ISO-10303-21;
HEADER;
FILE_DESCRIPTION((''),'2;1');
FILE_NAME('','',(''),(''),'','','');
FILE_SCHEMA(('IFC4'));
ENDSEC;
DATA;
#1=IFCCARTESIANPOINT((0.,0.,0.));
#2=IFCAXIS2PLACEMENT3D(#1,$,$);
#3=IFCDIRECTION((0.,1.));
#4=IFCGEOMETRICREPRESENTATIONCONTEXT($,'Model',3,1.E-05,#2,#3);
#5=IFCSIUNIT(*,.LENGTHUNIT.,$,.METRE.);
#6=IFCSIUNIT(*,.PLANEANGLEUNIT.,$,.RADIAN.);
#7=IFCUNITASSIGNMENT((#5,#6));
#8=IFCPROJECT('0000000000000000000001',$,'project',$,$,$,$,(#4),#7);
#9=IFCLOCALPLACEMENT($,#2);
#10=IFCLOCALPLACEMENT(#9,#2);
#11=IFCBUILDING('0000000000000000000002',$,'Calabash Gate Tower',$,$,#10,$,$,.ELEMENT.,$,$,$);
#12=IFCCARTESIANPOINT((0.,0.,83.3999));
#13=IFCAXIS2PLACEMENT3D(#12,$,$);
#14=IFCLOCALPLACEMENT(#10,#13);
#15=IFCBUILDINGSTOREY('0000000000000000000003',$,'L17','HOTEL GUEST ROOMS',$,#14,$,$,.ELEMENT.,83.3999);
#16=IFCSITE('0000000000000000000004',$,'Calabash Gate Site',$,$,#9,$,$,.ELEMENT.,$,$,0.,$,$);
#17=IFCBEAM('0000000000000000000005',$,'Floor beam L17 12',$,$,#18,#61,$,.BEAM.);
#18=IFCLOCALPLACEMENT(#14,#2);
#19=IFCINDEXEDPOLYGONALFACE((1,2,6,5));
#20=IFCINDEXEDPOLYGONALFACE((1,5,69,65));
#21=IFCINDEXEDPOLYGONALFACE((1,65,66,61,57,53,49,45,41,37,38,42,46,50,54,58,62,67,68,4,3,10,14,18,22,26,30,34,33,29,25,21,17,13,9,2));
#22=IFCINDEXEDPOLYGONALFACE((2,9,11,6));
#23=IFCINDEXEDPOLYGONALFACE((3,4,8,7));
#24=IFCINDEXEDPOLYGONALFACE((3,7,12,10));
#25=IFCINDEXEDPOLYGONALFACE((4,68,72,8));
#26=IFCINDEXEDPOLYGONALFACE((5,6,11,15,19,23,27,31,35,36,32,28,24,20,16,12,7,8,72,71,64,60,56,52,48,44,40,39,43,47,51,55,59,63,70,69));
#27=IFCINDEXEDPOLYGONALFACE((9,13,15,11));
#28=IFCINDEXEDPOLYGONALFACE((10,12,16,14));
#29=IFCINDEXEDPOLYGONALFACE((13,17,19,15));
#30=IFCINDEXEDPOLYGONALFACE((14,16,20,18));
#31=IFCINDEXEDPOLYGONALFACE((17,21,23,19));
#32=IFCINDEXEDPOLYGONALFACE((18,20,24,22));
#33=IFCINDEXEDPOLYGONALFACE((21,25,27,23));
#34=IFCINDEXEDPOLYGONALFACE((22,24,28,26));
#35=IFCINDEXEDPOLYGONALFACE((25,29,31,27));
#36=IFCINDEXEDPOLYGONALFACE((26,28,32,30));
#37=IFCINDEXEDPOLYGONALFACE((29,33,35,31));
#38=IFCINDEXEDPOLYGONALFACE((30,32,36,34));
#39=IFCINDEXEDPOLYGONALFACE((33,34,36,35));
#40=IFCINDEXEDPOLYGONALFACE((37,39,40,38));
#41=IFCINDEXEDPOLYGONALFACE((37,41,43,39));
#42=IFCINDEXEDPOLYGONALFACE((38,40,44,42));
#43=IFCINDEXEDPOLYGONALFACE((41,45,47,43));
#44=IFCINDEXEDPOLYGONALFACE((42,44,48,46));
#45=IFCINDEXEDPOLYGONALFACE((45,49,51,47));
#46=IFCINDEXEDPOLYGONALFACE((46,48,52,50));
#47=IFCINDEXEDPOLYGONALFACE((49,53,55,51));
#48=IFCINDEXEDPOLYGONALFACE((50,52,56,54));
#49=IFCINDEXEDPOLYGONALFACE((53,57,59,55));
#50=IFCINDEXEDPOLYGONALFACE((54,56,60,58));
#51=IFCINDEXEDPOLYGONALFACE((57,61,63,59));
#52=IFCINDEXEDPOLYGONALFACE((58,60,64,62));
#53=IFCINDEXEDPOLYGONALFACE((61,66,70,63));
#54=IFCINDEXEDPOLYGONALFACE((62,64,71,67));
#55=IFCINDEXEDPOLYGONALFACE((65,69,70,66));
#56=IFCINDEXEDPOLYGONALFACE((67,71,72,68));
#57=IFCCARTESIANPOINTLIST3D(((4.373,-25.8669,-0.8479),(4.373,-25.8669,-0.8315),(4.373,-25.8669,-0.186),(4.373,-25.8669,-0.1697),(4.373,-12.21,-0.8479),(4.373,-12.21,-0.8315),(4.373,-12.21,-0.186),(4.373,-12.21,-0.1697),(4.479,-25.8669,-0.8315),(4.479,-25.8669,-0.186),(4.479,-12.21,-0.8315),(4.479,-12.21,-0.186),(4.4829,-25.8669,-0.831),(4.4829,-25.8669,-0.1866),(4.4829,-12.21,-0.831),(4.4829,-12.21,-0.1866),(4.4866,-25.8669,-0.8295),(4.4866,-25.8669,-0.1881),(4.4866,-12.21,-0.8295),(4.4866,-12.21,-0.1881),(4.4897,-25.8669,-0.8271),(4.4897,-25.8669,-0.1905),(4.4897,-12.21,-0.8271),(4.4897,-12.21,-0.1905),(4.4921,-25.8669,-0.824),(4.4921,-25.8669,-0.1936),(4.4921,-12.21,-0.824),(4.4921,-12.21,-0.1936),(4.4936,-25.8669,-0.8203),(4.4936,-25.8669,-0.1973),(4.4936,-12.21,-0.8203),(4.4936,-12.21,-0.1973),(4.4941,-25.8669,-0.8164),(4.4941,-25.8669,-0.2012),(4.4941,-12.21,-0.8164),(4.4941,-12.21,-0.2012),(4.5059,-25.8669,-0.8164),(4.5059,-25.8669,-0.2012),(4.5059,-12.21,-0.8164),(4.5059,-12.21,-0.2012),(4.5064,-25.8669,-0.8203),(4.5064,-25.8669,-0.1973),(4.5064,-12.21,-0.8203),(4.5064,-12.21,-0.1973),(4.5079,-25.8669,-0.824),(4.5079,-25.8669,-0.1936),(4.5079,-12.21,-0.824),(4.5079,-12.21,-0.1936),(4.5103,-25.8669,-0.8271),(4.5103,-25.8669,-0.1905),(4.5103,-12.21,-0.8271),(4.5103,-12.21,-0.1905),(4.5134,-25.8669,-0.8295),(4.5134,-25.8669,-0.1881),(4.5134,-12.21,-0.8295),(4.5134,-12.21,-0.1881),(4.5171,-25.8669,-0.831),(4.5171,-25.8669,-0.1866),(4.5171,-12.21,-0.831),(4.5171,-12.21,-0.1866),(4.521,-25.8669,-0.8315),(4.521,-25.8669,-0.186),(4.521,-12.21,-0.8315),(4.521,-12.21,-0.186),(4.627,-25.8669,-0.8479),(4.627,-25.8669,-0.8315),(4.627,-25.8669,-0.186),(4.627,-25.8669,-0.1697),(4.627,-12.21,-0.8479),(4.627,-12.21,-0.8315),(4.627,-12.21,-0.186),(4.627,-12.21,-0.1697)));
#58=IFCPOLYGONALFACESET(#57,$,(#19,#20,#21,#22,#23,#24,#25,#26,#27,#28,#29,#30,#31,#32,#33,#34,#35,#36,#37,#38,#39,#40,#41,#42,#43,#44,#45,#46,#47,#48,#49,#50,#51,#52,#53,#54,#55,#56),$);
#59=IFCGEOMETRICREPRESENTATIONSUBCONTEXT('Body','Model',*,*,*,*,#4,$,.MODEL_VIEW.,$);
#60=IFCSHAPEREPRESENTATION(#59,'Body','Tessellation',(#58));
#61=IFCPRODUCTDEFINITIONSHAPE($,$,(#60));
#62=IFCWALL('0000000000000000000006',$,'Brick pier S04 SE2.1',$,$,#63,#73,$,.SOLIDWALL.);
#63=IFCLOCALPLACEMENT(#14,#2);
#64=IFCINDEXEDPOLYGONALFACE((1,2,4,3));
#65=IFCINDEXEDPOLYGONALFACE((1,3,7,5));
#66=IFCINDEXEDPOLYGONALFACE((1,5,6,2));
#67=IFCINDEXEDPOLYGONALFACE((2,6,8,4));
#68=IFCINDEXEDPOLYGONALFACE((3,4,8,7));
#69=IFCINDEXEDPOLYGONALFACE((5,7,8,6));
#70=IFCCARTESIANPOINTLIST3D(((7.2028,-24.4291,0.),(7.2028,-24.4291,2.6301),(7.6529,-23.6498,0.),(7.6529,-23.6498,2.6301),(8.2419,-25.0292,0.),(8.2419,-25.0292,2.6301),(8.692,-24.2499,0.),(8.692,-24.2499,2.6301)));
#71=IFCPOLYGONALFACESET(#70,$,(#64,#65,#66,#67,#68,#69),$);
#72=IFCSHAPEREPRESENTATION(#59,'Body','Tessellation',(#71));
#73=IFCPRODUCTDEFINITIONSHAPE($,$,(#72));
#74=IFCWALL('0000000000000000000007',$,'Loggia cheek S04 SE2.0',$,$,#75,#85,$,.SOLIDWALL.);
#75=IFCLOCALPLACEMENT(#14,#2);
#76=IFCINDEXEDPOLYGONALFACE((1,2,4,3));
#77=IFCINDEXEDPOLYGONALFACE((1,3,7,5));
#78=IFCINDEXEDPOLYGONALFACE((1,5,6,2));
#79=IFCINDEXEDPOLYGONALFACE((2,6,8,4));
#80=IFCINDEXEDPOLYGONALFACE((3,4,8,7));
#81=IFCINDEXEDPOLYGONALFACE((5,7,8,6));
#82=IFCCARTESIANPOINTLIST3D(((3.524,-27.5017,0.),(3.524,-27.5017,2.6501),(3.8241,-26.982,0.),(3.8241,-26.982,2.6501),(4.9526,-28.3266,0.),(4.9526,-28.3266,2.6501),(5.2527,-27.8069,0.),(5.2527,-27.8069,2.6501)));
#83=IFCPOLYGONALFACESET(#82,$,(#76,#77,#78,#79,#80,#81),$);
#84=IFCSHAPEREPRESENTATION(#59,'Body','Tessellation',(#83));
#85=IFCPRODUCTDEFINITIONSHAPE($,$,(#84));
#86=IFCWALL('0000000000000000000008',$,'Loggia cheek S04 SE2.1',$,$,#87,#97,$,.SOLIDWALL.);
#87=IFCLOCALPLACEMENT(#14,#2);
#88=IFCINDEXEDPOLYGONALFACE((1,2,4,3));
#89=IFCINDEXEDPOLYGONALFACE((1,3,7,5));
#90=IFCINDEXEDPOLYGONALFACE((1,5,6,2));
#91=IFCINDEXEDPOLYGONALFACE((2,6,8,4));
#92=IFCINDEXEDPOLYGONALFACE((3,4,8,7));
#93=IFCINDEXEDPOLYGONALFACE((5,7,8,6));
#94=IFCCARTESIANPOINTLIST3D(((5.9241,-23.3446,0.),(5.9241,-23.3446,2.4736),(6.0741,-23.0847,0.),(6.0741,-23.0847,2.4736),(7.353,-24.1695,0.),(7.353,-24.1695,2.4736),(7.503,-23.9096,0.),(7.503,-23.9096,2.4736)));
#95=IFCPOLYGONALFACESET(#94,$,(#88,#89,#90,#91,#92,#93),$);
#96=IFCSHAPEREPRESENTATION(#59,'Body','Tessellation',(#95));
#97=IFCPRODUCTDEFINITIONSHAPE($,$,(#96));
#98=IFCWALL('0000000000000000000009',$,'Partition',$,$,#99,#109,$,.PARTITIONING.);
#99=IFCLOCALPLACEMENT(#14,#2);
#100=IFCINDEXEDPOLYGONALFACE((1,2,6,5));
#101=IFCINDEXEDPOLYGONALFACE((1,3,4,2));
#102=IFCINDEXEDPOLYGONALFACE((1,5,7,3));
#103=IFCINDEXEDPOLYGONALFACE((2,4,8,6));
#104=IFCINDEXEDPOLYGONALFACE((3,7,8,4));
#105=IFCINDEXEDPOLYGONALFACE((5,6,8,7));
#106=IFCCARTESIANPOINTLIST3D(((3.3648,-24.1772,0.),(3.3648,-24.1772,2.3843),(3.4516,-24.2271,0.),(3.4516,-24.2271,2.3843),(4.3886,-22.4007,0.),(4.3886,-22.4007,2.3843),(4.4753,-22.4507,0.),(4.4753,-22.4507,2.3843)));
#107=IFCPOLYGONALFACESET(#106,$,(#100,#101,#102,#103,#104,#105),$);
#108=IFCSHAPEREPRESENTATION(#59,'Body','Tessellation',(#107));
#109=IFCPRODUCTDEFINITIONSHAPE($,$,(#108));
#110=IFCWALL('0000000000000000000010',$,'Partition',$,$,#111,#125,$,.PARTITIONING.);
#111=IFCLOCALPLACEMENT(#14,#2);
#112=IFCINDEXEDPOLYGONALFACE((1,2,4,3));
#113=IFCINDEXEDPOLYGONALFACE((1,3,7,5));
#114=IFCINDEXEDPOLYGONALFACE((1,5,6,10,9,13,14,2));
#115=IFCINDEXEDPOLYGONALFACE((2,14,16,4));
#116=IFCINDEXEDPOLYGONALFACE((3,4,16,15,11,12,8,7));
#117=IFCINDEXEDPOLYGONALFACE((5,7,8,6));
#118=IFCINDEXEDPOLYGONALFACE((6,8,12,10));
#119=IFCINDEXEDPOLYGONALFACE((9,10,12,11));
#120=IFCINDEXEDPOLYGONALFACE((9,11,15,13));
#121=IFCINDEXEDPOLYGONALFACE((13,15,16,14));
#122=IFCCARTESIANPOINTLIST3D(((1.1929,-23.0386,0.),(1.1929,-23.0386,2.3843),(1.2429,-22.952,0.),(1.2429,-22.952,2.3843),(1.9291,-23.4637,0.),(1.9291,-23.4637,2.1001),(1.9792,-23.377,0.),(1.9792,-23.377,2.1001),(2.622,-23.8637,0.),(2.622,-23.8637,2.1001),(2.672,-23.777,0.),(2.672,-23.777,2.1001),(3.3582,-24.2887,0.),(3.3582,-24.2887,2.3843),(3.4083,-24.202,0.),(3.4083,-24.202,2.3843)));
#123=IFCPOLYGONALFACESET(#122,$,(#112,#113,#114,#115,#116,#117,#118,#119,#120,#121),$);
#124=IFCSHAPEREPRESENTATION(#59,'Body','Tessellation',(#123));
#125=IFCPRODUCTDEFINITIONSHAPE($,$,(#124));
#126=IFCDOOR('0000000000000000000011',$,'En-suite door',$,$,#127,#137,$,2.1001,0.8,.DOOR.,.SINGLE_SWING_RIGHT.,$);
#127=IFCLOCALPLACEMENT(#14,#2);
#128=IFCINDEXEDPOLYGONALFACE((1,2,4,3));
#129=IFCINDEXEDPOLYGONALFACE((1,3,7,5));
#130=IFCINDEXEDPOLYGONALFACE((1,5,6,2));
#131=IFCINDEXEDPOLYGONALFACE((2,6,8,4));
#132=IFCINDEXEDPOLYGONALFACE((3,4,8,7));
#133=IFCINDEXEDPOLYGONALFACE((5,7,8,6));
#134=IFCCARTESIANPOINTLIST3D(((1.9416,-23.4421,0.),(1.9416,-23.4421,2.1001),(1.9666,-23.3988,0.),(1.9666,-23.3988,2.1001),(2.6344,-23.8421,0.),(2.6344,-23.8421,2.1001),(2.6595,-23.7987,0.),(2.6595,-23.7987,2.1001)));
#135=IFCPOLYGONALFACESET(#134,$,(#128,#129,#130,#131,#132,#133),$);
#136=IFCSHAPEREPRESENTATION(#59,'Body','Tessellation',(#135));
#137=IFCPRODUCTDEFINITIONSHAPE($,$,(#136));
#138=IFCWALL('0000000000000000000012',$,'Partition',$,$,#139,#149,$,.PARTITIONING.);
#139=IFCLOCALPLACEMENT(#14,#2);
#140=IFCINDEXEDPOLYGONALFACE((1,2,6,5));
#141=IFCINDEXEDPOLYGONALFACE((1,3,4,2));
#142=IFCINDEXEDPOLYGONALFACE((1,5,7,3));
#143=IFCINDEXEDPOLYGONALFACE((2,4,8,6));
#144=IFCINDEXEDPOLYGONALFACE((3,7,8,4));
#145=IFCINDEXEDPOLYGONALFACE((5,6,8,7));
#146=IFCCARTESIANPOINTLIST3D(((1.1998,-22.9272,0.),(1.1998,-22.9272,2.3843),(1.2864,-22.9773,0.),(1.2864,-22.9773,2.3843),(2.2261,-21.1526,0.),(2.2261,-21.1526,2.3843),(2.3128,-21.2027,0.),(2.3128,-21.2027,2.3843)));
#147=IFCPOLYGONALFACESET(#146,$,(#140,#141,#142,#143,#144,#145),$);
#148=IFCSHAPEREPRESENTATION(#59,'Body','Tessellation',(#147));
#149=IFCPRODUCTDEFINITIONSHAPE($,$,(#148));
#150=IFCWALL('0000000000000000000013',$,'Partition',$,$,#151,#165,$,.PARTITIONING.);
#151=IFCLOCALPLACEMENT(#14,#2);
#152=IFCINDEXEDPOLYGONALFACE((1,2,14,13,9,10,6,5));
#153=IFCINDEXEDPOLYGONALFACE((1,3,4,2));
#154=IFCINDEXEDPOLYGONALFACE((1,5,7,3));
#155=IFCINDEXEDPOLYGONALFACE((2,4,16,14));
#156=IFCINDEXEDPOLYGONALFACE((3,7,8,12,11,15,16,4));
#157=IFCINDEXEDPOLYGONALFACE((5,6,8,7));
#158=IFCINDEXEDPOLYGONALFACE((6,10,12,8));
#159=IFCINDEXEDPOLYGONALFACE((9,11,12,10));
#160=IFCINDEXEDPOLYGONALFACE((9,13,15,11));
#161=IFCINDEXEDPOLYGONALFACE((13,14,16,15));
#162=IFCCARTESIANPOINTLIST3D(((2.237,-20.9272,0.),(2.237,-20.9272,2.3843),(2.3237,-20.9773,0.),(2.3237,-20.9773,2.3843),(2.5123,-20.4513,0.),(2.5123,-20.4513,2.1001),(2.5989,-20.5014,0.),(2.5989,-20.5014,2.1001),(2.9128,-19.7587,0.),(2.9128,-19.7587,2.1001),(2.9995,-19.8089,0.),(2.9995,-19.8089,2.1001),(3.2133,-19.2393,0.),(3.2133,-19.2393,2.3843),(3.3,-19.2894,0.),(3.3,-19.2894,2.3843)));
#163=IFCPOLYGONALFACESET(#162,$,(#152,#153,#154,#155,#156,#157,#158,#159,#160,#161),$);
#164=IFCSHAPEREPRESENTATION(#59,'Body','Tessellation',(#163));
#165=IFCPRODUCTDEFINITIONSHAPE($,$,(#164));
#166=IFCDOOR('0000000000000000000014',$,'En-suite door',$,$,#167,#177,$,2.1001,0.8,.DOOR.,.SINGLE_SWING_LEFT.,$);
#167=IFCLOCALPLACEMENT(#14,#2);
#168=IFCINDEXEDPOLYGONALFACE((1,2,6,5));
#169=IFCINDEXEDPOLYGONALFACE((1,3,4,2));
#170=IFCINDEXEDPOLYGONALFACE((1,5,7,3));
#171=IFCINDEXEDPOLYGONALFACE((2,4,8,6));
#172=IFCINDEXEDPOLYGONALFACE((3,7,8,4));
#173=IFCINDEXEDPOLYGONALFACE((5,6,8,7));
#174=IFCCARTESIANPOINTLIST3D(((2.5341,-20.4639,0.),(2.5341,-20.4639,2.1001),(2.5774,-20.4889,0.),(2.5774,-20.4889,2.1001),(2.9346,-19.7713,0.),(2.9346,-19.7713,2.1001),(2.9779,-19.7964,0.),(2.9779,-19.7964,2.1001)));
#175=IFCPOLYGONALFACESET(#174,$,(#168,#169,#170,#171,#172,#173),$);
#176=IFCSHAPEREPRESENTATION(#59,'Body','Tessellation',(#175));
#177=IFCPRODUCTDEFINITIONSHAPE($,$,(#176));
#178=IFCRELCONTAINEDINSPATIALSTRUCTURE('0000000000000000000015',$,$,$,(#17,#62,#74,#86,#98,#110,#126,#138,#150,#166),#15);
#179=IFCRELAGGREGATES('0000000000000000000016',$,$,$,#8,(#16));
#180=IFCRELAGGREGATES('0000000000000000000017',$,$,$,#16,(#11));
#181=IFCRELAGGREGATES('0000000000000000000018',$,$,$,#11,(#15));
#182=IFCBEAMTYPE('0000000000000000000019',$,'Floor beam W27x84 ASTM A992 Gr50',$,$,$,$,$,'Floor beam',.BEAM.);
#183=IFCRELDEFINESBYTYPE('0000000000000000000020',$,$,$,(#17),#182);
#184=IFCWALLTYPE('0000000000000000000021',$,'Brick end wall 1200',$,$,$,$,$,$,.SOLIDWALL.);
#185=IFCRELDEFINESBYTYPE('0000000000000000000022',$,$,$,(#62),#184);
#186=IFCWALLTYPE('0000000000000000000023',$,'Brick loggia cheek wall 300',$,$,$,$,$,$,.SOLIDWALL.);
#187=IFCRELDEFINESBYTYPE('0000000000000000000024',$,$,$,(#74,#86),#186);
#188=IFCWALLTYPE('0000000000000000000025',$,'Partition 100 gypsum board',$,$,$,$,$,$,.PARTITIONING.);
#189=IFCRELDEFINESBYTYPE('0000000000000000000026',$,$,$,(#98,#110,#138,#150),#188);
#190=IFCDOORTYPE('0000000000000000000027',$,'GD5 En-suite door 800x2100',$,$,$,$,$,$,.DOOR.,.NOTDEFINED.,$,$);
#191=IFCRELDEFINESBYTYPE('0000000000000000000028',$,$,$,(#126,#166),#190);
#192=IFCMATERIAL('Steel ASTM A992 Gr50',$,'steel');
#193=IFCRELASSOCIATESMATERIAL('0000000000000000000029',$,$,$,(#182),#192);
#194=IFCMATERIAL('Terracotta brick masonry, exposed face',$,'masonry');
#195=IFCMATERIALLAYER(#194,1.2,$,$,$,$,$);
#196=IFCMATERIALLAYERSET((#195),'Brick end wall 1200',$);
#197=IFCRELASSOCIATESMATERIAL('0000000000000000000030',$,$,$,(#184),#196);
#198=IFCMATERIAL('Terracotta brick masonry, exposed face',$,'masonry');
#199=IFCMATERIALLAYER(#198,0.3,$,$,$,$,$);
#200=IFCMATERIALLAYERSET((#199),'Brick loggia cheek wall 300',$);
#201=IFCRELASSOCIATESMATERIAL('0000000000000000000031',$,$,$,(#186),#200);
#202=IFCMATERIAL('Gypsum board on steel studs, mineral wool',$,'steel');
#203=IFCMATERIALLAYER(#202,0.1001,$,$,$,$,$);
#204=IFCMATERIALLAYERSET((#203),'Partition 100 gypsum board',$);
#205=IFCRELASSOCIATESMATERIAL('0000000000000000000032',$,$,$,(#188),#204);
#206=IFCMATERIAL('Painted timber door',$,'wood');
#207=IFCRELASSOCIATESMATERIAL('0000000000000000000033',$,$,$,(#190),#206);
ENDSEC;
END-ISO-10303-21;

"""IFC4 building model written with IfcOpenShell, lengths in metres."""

from ifc_helpers import new_model, si_unit, direction, frame, frame_2d, origin, origin_2d, place, context, subcontext, project, spatial, rectangle, i_section, extrude, material, layer, layer_set, material_profile, profile_set, type_object, element, fill, save


model = new_model("IFC4")

# Units and contexts
model_context = context("Model", 3, precision=1e-05, world=origin(), true_north=direction((0.0, 1.0)))
body_context = subcontext(model_context, "Body", "Model", "MODEL_VIEW")
ifc_project = project(units=[si_unit("LENGTHUNIT", "METRE"), si_unit("PLANEANGLEUNIT", "RADIAN")], contexts=[model_context])

# Site, building, storey
site_placement = place(None, origin())
site = spatial("IfcSite", under=ifc_project, at=site_placement, Name="Calabash Gate Site", CompositionType="ELEMENT", RefElevation=0.0)
building_placement = place(site_placement, origin())
building = spatial("IfcBuilding", under=site, at=building_placement, Name="Calabash Gate Tower", CompositionType="ELEMENT")
storey_placement = place(building_placement, frame((0.0, 0.0, 83.3999)))
storey = spatial("IfcBuildingStorey", under=building, at=storey_placement, Name="L17", Description="HOTEL GUEST ROOMS", CompositionType="ELEMENT", Elevation=83.3999)

# Beam
ifc_material_1 = material(Name="Steel ASTM A992 Gr50", Category="steel")
ifc_material_profile_1 = material_profile(ifc_material_1, i_section(OverallWidth=0.2539, OverallDepth=0.6782, WebThickness=0.0117, FlangeThickness=0.0164, FilletRadius=0.0151, at=origin_2d()))
ifc_profile_set_1 = profile_set([ifc_material_profile_1], Name="Steel ASTM A992 Gr50")
beam_type_1 = type_object("IfcBeamType", Name="Floor beam W27x84 ASTM A992 Gr50", ElementType="Floor beam", PredefinedType="BEAM", material=ifc_profile_set_1)
beam_1_placement = place(storey_placement, frame((4.5, -25.8669, -0.5088), z_axis=(0.0, 1.0, 0.0), x_axis=(-1.0, 0.0, 0.0)))
element("IfcBeam", 1, at=beam_1_placement, inside=storey, type_object=beam_type_1, Name="Floor beam L17 12", PredefinedType="BEAM", context=body_context, shape_type="SweptSolid", body=[
    extrude(i_section(OverallWidth=0.2539, OverallDepth=0.6782, WebThickness=0.0117, FlangeThickness=0.0164, FilletRadius=0.0151, at=origin_2d()), origin(), (0.0, 0.0, 1.0), 13.657),
])

# Walls
ifc_material_2 = material(Name="Terracotta brick masonry, exposed face", Category="masonry")
ifc_layer_1 = layer(ifc_material_2, 1.2)
ifc_layer_set_1 = layer_set([ifc_layer_1], Name="Brick end wall 1200")
wall_type_1 = type_object("IfcWallType", Name="Brick end wall 1200", PredefinedType="SOLIDWALL", material=ifc_layer_set_1)
wall_1_placement = place(storey_placement, frame((8.467, -24.6396, 0.0), z_axis=(0.0, 0.0, 1.0), x_axis=(-0.865955, 0.500122, 0.0)))
element("IfcWall", 2, at=wall_1_placement, inside=storey, type_object=wall_type_1, Name="Brick pier S04 SE2.1", PredefinedType="SOLIDWALL", context=body_context, shape_type="SweptSolid", body=[
    extrude(rectangle(XDim=1.2, YDim=0.8999, at=frame_2d((0.6001, 0.0))), origin(), (0.0, 0.0, 1.0), 2.6301),
])
ifc_material_3 = material(Name="Terracotta brick masonry, exposed face", Category="masonry")
ifc_layer_2 = layer(ifc_material_3, 0.3)
ifc_layer_set_2 = layer_set([ifc_layer_2], Name="Brick loggia cheek wall 300")
wall_type_2 = type_object("IfcWallType", Name="Brick loggia cheek wall 300", PredefinedType="SOLIDWALL", material=ifc_layer_set_2)
wall_2_placement = place(storey_placement, frame((5.1025, -28.0667, 0.0), z_axis=(0.0, 0.0, 1.0), x_axis=(-0.866003, 0.500038, 0.0)))
element("IfcWall", 3, at=wall_2_placement, inside=storey, type_object=wall_type_2, Name="Loggia cheek S04 SE2.0", PredefinedType="SOLIDWALL", context=body_context, shape_type="SweptSolid", body=[
    extrude(rectangle(XDim=1.6497, YDim=0.6001, at=frame_2d((0.8247, 0.0))), origin(), (0.0, 0.0, 1.0), 2.6501),
])
wall_3_placement = place(storey_placement, frame((7.428, -24.0396, 0.0), z_axis=(0.0, 0.0, 1.0), x_axis=(-0.86604, 0.499974, 0.0)))
element("IfcWall", 4, at=wall_3_placement, inside=storey, type_object=wall_type_2, Name="Loggia cheek S04 SE2.1", PredefinedType="SOLIDWALL", context=body_context, shape_type="SweptSolid", body=[
    extrude(rectangle(XDim=1.6499, YDim=0.3, at=frame_2d((0.825, 0.0))), origin(), (0.0, 0.0, 1.0), 2.4736),
])
ifc_material_4 = material(Name="Gypsum board on steel studs, mineral wool", Category="steel")
ifc_layer_3 = layer(ifc_material_4, 0.1001)
ifc_layer_set_3 = layer_set([ifc_layer_3], Name="Partition 100 gypsum board")
wall_type_3 = type_object("IfcWallType", Name="Partition 100 gypsum board", PredefinedType="PARTITIONING", material=ifc_layer_set_3)
wall_4_placement = place(storey_placement, frame((3.4082, -24.2021, 0.0), z_axis=(0.0, 0.0, 1.0), x_axis=(0.499303, 0.866427, 0.0)))
element("IfcWall", 5, at=wall_4_placement, inside=storey, type_object=wall_type_3, Name="Partition", PredefinedType="PARTITIONING", context=body_context, shape_type="SweptSolid", body=[
    extrude(rectangle(XDim=2.0503, YDim=0.1001, at=frame_2d((1.0251, 0.0))), origin(), (0.0, 0.0, 1.0), 2.3843),
])

# Wall, opening, door
wall_5_placement = place(storey_placement, frame((1.218, -22.9954, 0.0), z_axis=(0.0, 0.0, 1.0), x_axis=(0.866047, -0.499962, 0.0)))
wall_5 = element("IfcWall", 6, at=wall_5_placement, inside=storey, type_object=wall_type_3, Name="Partition", PredefinedType="PARTITIONING", context=body_context, shape_type="SweptSolid", body=[
    extrude(rectangle(XDim=2.5002, YDim=0.1001, at=frame_2d((1.25, 0.0))), origin(), (0.0, 0.0, 1.0), 2.3843),
])
opening_1_placement = place(wall_5_placement, frame((0.8501, 0.0, 0.0)))
opening_1 = element("IfcOpeningElement", 7, at=opening_1_placement, cuts=wall_5, PredefinedType="OPENING", context=body_context, shape_type="SweptSolid", body=[
    extrude(rectangle(XDim=0.8, YDim=2.1001, at=frame_2d((0.3999, 1.05))), frame((0.0, 0.0601, 0.0), z_axis=(0.0, -1.0, 0.0), x_axis=(1.0, 0.0, 0.0)), (0.0, 0.0, 1.0), 0.1201),
])
ifc_material_5 = material(Name="Painted timber door", Category="wood")
door_type_1 = type_object("IfcDoorType", Name="GD5 En-suite door 800x2100", OperationType="NOTDEFINED", PredefinedType="DOOR", material=ifc_material_5)
door_1_placement = place(opening_1_placement, origin())
door_1 = element("IfcDoor", 8, at=door_1_placement, inside=storey, type_object=door_type_1, Name="En-suite door", OperationType="SINGLE_SWING_RIGHT", OverallHeight=2.1001, OverallWidth=0.8, PredefinedType="DOOR", context=body_context, shape_type="SweptSolid", body=[
    extrude(rectangle(XDim=0.8, YDim=2.1001, at=frame_2d((0.3999, 1.05))), frame((0.0, 0.0249, 0.0), z_axis=(0.0, -1.0, 0.0), x_axis=(1.0, 0.0, 0.0)), (0.0, 0.0, 1.0), 0.05),
])
fill(opening_1, door_1)

# Wall
wall_6_placement = place(storey_placement, frame((1.2432, -22.9521, 0.0), z_axis=(0.0, 0.0, 1.0), x_axis=(0.500647, 0.865652, 0.0)))
element("IfcWall", 9, at=wall_6_placement, inside=storey, type_object=wall_type_3, Name="Partition", PredefinedType="PARTITIONING", context=body_context, shape_type="SweptSolid", body=[
    extrude(rectangle(XDim=2.05, YDim=0.1001, at=frame_2d((1.0249, 0.0))), origin(), (0.0, 0.0, 1.0), 2.3843),
])

# Wall, opening, door
wall_7_placement = place(storey_placement, frame((2.2803, -20.9524, 0.0), z_axis=(0.0, 0.0, 1.0), x_axis=(0.500676, 0.865635, 0.0)))
wall_7 = element("IfcWall", 10, at=wall_7_placement, inside=storey, type_object=wall_type_3, Name="Partition", PredefinedType="PARTITIONING", context=body_context, shape_type="SweptSolid", body=[
    extrude(rectangle(XDim=1.95, YDim=0.1001, at=frame_2d((0.9751, 0.0))), origin(), (0.0, 0.0, 1.0), 2.3843),
])
opening_2_placement = place(wall_7_placement, frame((0.55, 0.0, 0.0)))
opening_2 = element("IfcOpeningElement", 11, at=opening_2_placement, cuts=wall_7, PredefinedType="OPENING", context=body_context, shape_type="SweptSolid", body=[
    extrude(rectangle(XDim=0.8, YDim=2.1001, at=frame_2d((0.3999, 1.05))), frame((0.0, 0.0601, 0.0), z_axis=(0.0, -1.0, 0.0), x_axis=(1.0, 0.0, 0.0)), (0.0, 0.0, 1.0), 0.1201),
])
door_2_placement = place(opening_2_placement, origin())
door_2 = element("IfcDoor", 12, at=door_2_placement, inside=storey, type_object=door_type_1, Name="En-suite door", OperationType="SINGLE_SWING_LEFT", OverallHeight=2.1001, OverallWidth=0.8, PredefinedType="DOOR", context=body_context, shape_type="SweptSolid", body=[
    extrude(rectangle(XDim=0.8, YDim=2.1001, at=frame_2d((0.3999, 1.05))), frame((0.0, 0.0249, 0.0), z_axis=(0.0, -1.0, 0.0), x_axis=(1.0, 0.0, 0.0)), (0.0, 0.0, 1.0), 0.05),
])
fill(opening_2, door_2)

save(model, "model.ifc")
